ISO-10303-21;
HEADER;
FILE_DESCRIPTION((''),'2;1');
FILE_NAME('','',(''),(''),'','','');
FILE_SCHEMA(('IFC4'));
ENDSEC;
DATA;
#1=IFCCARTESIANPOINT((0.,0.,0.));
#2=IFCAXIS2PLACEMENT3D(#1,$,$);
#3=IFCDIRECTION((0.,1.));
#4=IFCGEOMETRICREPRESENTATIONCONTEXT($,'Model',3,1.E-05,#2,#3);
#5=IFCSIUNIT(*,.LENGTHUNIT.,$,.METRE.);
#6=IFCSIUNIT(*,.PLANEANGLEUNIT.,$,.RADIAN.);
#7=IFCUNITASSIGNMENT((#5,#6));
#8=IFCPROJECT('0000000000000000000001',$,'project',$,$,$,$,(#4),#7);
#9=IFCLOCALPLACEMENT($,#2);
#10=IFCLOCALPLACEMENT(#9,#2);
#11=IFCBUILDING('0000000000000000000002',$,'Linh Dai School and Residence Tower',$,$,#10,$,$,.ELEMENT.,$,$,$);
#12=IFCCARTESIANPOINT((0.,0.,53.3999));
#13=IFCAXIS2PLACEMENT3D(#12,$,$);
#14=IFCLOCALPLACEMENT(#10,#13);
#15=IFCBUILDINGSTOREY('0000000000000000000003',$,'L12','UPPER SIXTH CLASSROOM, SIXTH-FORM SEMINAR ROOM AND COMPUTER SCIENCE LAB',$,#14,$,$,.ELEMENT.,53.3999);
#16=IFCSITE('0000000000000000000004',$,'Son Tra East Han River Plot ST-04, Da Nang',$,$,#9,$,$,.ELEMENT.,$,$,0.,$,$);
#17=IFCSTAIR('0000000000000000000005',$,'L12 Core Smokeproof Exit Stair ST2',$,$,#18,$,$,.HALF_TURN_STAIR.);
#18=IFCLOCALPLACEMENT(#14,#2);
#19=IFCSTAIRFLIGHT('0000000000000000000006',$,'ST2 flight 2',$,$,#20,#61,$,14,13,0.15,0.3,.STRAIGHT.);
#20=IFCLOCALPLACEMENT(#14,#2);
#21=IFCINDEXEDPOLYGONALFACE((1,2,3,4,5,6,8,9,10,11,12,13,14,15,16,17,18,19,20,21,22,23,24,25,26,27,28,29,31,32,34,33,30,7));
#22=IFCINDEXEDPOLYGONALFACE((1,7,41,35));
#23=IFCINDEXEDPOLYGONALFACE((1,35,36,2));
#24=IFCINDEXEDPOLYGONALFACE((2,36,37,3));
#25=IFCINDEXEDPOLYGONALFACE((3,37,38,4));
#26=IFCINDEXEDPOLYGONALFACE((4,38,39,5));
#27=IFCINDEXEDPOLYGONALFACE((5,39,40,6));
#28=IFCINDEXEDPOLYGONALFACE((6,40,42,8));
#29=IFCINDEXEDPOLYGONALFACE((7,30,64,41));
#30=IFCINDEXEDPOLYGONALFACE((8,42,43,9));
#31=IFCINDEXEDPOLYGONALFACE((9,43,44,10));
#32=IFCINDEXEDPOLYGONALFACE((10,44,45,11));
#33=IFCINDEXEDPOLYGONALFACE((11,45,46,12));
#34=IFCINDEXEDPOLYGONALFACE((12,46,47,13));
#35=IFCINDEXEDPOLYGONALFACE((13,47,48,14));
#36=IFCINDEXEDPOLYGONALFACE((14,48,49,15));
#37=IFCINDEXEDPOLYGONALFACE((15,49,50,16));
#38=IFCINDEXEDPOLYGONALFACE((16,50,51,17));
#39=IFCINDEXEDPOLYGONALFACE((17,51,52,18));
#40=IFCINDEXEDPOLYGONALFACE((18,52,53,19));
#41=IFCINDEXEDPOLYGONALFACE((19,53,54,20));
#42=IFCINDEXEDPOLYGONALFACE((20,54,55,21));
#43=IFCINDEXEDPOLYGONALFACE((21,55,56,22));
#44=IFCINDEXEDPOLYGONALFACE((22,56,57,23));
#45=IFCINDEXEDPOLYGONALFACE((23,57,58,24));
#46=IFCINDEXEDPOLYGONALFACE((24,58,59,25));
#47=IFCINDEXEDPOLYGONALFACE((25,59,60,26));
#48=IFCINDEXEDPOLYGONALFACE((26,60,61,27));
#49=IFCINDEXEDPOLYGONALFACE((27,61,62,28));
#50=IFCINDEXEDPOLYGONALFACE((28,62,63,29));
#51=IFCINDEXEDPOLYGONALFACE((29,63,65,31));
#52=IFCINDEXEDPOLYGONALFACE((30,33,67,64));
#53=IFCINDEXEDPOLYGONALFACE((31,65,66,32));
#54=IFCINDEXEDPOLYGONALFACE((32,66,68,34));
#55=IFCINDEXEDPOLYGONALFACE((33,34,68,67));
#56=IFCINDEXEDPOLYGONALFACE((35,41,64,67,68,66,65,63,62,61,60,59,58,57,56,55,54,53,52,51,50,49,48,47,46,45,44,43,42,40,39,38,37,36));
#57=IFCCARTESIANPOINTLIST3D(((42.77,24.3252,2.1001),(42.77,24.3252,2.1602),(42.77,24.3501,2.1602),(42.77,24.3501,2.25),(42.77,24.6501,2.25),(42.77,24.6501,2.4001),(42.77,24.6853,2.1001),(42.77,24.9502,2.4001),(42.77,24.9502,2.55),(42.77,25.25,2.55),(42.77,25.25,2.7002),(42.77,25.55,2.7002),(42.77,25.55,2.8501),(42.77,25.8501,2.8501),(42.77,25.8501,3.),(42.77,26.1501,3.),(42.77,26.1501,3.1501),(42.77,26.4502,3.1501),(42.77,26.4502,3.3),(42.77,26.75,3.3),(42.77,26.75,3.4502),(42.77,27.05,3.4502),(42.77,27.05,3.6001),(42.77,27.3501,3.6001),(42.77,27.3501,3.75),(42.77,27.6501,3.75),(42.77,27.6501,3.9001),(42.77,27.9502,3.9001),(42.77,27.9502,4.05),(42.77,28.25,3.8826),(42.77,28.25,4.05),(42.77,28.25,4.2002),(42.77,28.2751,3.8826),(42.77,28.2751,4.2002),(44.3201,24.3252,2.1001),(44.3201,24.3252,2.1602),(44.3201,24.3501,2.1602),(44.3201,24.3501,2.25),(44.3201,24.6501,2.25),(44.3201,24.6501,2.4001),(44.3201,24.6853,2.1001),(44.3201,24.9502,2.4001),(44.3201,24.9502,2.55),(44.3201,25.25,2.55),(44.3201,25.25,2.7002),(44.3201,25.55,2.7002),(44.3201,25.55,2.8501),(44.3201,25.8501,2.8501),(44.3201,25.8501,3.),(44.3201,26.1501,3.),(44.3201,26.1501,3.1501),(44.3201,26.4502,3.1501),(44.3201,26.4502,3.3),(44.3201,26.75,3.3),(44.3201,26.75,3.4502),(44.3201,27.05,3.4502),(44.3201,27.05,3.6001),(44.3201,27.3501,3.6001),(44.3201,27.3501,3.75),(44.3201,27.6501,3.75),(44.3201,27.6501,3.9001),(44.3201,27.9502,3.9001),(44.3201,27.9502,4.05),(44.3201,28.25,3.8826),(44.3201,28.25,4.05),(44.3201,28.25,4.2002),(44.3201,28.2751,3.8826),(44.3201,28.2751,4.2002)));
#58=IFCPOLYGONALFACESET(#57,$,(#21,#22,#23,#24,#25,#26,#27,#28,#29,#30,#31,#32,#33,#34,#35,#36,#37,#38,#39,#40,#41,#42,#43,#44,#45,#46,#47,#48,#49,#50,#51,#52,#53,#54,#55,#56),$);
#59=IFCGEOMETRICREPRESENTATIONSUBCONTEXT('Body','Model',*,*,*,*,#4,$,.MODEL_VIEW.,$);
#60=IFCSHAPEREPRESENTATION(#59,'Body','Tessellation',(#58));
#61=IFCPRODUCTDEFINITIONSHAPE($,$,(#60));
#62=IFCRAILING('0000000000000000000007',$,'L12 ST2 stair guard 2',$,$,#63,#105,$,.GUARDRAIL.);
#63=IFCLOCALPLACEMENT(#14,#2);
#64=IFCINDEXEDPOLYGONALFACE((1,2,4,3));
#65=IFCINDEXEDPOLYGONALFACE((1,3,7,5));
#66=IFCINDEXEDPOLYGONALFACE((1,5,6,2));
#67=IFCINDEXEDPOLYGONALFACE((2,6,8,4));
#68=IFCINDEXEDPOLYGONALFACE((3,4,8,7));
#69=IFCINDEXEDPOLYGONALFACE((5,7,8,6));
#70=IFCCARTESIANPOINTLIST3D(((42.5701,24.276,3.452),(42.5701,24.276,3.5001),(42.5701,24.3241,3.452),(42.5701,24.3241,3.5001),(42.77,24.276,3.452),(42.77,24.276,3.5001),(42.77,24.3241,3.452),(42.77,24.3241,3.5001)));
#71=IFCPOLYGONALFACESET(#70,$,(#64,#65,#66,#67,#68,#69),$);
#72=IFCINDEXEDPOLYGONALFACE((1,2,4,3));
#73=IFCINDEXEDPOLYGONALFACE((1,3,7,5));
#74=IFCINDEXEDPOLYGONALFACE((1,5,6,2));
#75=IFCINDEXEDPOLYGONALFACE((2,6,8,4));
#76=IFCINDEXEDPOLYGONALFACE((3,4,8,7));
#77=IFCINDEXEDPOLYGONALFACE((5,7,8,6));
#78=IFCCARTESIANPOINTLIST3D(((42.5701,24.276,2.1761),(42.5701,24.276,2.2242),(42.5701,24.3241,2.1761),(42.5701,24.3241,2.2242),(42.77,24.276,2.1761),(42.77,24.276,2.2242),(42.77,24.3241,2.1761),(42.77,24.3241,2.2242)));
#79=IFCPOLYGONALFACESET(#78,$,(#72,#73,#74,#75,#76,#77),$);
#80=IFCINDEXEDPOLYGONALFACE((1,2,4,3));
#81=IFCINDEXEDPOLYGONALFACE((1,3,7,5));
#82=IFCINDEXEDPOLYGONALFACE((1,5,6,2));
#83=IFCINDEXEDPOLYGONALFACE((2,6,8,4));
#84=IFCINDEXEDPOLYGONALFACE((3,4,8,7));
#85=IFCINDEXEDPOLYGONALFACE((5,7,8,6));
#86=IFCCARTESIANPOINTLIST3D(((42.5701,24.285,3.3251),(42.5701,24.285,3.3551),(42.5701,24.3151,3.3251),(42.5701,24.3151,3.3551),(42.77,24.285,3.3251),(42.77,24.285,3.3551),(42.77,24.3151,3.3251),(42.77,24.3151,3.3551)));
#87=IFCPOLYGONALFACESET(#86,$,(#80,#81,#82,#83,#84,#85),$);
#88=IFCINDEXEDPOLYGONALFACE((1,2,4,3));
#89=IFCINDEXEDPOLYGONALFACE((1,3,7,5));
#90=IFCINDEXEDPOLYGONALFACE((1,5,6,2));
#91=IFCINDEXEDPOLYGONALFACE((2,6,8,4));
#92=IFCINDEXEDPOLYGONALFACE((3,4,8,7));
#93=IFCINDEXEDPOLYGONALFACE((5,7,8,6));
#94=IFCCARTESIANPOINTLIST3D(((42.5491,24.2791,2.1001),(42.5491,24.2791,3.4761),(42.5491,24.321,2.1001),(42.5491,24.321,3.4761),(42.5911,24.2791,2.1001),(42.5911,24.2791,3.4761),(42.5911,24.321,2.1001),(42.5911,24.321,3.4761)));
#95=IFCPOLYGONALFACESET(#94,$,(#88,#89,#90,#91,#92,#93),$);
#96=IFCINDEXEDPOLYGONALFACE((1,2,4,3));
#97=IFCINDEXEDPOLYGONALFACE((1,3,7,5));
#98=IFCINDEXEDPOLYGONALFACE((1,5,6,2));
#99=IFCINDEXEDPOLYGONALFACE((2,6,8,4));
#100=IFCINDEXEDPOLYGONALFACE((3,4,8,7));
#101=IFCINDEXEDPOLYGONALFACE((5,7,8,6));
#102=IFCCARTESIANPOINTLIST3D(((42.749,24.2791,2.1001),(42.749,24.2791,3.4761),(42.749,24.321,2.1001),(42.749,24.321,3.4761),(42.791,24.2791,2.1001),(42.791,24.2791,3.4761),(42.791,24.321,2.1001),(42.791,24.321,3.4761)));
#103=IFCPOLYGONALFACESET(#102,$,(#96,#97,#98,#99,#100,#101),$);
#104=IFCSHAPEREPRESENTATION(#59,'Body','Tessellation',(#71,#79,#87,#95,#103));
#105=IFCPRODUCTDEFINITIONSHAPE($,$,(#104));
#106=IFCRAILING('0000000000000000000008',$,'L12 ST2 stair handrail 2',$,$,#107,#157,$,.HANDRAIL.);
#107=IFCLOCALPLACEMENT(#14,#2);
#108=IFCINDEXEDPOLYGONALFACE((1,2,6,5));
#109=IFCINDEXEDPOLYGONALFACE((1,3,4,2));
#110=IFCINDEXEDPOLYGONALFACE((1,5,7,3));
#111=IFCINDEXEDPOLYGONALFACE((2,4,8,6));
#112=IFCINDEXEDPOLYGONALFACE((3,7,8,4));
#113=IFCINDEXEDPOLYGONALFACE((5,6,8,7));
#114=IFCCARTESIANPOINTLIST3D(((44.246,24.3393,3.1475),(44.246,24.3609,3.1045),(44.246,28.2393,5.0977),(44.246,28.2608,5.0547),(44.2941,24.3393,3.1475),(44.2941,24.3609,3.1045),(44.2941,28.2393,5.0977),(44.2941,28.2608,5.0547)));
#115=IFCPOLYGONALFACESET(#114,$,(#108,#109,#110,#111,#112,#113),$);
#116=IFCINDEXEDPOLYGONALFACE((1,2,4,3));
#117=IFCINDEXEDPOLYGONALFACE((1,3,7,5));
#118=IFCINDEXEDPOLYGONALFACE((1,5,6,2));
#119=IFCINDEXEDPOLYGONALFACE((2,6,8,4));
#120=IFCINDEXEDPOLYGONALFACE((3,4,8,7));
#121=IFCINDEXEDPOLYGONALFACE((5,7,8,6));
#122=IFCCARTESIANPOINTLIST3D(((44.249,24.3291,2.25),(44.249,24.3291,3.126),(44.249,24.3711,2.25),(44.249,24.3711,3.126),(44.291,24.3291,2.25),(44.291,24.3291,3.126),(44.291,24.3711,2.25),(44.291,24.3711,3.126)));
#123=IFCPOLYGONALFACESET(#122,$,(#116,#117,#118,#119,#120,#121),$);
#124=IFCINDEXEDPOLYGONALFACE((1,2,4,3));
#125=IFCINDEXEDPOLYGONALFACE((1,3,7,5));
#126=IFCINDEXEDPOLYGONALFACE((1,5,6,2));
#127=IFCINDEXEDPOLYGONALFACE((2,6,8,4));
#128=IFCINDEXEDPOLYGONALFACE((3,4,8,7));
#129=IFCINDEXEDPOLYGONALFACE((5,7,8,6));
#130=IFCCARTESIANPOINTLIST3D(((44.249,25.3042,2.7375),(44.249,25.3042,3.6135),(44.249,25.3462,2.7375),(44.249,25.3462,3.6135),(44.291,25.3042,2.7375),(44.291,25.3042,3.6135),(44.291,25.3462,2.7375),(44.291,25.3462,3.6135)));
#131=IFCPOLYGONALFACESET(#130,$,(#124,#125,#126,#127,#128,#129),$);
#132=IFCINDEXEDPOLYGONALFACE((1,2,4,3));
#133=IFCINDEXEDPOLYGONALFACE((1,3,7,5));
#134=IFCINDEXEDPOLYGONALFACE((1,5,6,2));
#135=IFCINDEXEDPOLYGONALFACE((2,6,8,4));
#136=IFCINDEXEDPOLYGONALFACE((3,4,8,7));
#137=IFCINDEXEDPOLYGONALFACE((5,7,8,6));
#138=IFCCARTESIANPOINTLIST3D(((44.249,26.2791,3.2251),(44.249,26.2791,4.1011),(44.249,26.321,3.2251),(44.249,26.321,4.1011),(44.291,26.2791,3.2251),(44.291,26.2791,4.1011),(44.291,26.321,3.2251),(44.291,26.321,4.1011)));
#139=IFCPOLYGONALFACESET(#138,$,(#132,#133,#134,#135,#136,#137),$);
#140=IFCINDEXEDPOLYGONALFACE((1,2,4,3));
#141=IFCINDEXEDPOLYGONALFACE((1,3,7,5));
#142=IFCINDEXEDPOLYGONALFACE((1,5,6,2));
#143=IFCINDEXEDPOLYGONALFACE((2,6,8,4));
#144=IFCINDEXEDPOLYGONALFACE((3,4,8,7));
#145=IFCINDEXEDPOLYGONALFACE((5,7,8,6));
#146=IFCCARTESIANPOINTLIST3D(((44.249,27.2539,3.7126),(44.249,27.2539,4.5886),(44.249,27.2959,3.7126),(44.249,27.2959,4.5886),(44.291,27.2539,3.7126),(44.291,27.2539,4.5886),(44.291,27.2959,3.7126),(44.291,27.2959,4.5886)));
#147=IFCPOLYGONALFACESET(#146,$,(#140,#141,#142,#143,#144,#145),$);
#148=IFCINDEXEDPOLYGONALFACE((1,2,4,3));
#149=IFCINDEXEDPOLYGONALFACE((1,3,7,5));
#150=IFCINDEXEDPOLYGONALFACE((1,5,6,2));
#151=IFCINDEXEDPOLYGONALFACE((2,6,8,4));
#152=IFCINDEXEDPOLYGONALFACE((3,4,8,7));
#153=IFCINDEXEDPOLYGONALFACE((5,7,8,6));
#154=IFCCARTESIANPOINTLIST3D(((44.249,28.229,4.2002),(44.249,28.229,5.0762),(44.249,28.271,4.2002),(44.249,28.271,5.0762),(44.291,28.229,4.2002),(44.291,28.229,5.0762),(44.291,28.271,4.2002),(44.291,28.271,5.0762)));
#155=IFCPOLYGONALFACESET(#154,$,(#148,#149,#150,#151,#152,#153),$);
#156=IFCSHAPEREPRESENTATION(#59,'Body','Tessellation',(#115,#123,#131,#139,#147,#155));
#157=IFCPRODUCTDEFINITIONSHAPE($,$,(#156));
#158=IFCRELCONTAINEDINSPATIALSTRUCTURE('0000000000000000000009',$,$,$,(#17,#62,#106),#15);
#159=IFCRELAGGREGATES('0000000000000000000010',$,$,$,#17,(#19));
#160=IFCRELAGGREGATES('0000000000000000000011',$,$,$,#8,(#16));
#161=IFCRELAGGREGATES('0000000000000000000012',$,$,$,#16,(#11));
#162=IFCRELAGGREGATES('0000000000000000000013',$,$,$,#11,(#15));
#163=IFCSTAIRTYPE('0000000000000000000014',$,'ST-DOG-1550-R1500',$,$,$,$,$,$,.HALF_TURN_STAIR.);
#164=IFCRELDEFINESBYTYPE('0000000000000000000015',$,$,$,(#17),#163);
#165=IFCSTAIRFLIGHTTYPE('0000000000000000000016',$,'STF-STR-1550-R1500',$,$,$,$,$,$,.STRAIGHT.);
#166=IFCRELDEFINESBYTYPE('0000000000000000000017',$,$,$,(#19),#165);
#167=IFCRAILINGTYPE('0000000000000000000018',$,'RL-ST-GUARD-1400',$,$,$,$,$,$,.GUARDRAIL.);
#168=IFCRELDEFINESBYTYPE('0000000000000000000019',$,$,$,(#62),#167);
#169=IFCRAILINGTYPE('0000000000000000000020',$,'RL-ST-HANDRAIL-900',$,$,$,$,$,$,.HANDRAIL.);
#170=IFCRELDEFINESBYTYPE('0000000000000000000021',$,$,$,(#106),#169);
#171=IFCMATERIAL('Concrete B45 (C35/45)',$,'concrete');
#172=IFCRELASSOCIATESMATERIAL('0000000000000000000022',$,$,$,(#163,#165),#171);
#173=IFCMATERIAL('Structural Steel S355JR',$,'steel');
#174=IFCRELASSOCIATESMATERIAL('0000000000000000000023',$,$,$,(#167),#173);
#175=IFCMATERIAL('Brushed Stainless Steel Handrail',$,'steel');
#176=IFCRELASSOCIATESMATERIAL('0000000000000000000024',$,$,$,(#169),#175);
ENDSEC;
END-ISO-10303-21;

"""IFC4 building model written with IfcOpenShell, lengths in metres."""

from ifc_helpers import new_model, si_unit, direction, frame, origin, origin_2d, place, context, subcontext, project, spatial, polyline, rectangle, outline, extrude, source, transform, mapped, material, type_object, element, aggregate, save


model = new_model("IFC4")

# Units and contexts
model_context = context("Model", 3, precision=1e-05, world=origin(), true_north=direction((0.0, 1.0)))
body_context = subcontext(model_context, "Body", "Model", "MODEL_VIEW")
ifc_project = project(units=[si_unit("LENGTHUNIT", "METRE"), si_unit("PLANEANGLEUNIT", "RADIAN")], contexts=[model_context])

# Site, building, storey
site_placement = place(None, origin())
site = spatial("IfcSite", under=ifc_project, at=site_placement, Name="Son Tra East Han River Plot ST-04, Da Nang", CompositionType="ELEMENT", RefElevation=0.0)
building_placement = place(site_placement, origin())
building = spatial("IfcBuilding", under=site, at=building_placement, Name="Linh Dai School and Residence Tower", CompositionType="ELEMENT")
storey_placement = place(building_placement, frame((0.0, 0.0, 53.3999)))
storey = spatial("IfcBuildingStorey", under=building, at=storey_placement, Name="L12", Description="UPPER SIXTH CLASSROOM, SIXTH-FORM SEMINAR ROOM AND COMPUTER SCIENCE LAB", CompositionType="ELEMENT", Elevation=53.3999)

# Shared definitions
ifc_material_1 = material(Name="Structural Steel S355JR", Category="steel")

# Shared definitions
ifc_material_2 = material(Name="Concrete B45 (C35/45)", Category="concrete")

# Stair, stair flight
stair_type = type_object("IfcStairType", Name="ST-DOG-1550-R1500", PredefinedType="HALF_TURN_STAIR", material=ifc_material_2)
stair_placement = place(storey_placement, origin())
stair = element("IfcStair", 1, at=stair_placement, inside=storey, type_object=stair_type, Name="L12 Core Smokeproof Exit Stair ST2", PredefinedType="HALF_TURN_STAIR")
stair_flight_type = type_object("IfcStairFlightType", Name="STF-STR-1550-R1500", PredefinedType="STRAIGHT", material=ifc_material_2)
shared_shape_1 = source(origin(), body_context, "Body", "SweptSolid", [
    extrude(outline(polyline([(-0.0249, 0.0), (-0.0249, 0.0601), (0.0, 0.0601), (0.0, 0.1499), (0.3, 0.1499), (0.3, 0.3), (0.6001, 0.3), (0.6001, 0.45), (0.8999, 0.45), (0.8999, 0.6001), (1.2, 0.6001), (1.2, 0.75), (1.5, 0.75), (1.5, 0.8999), (1.8, 0.8999), (1.8, 1.05), (2.1001, 1.05), (2.1001, 1.2), (2.3999, 1.2), (2.3999, 1.3501), (2.7, 1.3501), (2.7, 1.5), (3.0, 1.5), (3.0, 1.6499), (3.3, 1.6499), (3.3, 1.8), (3.6001, 1.8), (3.6001, 1.95), (3.8999, 1.95), (3.8999, 2.1001), (3.925, 2.1001), (3.925, 1.7825), (3.8999, 1.7825), (0.3352, 0.0), (-0.0249, 0.0)])), frame((0.0, 0.7749, 0.0), z_axis=(0.0, -1.0, 0.0), x_axis=(1.0, 0.0, 0.0)), (0.0, 0.0, 1.0), 1.55),
])
stair_flight_placement = place(storey_placement, frame((43.5449, 24.3501, 2.1001), z_axis=(0.0, 0.0, 1.0), x_axis=(0.0, 1.0, 0.0)))
stair_flight = element("IfcStairFlight", 2, at=stair_flight_placement, type_object=stair_flight_type, Name="ST2 flight 2", NumberOfRisers=14, NumberOfTreads=13, PredefinedType="STRAIGHT", RiserHeight=0.15, TreadLength=0.3, context=body_context, shape_type="MappedRepresentation", body=[
    mapped(shared_shape_1, transform((0.0, 0.0, 0.0), x_axis=(1.0, 0.0, 0.0), y_axis=(0.0, 1.0, 0.0), z_axis=(0.0, 0.0, 1.0), scale=1.0)),
])
aggregate(stair, [stair_flight])

# Railings
railing_type_1 = type_object("IfcRailingType", Name="RL-ST-GUARD-1400", PredefinedType="GUARDRAIL", material=ifc_material_1)
shared_shape_2 = source(origin(), body_context, "Body", "SweptSolid", [
    extrude(rectangle(XDim=0.0481, YDim=0.0481, at=origin_2d()), frame((0.0, 0.0, 1.376), z_axis=(1.0, 0.0, 0.0), x_axis=(0.0, 1.0, 0.0)), (0.0, 0.0, 1.0), 0.2),
    extrude(rectangle(XDim=0.0481, YDim=0.0481, at=origin_2d()), frame((0.0, 0.0, 0.1001), z_axis=(1.0, 0.0, 0.0), x_axis=(0.0, 1.0, 0.0)), (0.0, 0.0, 1.0), 0.2),
    extrude(rectangle(XDim=0.03, YDim=0.03, at=origin_2d()), frame((0.0, 0.0, 1.24), z_axis=(1.0, 0.0, 0.0), x_axis=(0.0, 1.0, 0.0)), (0.0, 0.0, 1.0), 0.2),
    extrude(rectangle(XDim=0.042, YDim=0.042, at=origin_2d()), origin(), (0.0, 0.0, 1.0), 1.376),
    extrude(rectangle(XDim=0.042, YDim=0.042, at=origin_2d()), frame((0.2, 0.0, 0.0)), (0.0, 0.0, 1.0), 1.376),
])
railing_1_placement = place(storey_placement, frame((42.5701, 24.3, 2.1001)))
element("IfcRailing", 3, at=railing_1_placement, inside=storey, type_object=railing_type_1, Name="L12 ST2 stair guard 2", PredefinedType="GUARDRAIL", context=body_context, shape_type="MappedRepresentation", body=[
    mapped(shared_shape_2, transform((0.0, 0.0, 0.0), x_axis=(1.0, 0.0, 0.0), y_axis=(0.0, 1.0, 0.0), z_axis=(0.0, 0.0, 1.0), scale=1.0)),
])
ifc_material_3 = material(Name="Brushed Stainless Steel Handrail", Category="steel")
railing_type_2 = type_object("IfcRailingType", Name="RL-ST-HANDRAIL-900", PredefinedType="HANDRAIL", material=ifc_material_3)
shared_shape_3 = source(origin(), body_context, "Body", "SweptSolid", [
    extrude(rectangle(XDim=0.0481, YDim=0.0481, at=origin_2d()), frame((0.0, 0.0, 0.876), z_axis=(0.0, 0.894405, 0.447258), x_axis=(-1.0, 0.0, 0.0)), (0.0, 0.0, 1.0), 4.3604),
    extrude(rectangle(XDim=0.042, YDim=0.042, at=origin_2d()), origin(), (0.0, 0.0, 1.0), 0.876),
    extrude(rectangle(XDim=0.042, YDim=0.042, at=origin_2d()), frame((0.0, 0.9751, 0.4875)), (0.0, 0.0, 1.0), 0.876),
    extrude(rectangle(XDim=0.042, YDim=0.042, at=origin_2d()), frame((0.0, 1.95, 0.9751)), (0.0, 0.0, 1.0), 0.876),
    extrude(rectangle(XDim=0.042, YDim=0.042, at=origin_2d()), frame((0.0, 2.9248, 1.4626)), (0.0, 0.0, 1.0), 0.876),
    extrude(rectangle(XDim=0.042, YDim=0.042, at=origin_2d()), frame((0.0, 3.8999, 1.9502)), (0.0, 0.0, 1.0), 0.876),
])
railing_2_placement = place(storey_placement, frame((44.27, 24.3501, 2.25)))
element("IfcRailing", 4, at=railing_2_placement, inside=storey, type_object=railing_type_2, Name="L12 ST2 stair handrail 2", PredefinedType="HANDRAIL", context=body_context, shape_type="MappedRepresentation", body=[
    mapped(shared_shape_3, transform((0.0, 0.0, 0.0), x_axis=(1.0, 0.0, 0.0), y_axis=(0.0, 1.0, 0.0), z_axis=(0.0, 0.0, 1.0), scale=1.0)),
])

save(model, "model.ifc")
